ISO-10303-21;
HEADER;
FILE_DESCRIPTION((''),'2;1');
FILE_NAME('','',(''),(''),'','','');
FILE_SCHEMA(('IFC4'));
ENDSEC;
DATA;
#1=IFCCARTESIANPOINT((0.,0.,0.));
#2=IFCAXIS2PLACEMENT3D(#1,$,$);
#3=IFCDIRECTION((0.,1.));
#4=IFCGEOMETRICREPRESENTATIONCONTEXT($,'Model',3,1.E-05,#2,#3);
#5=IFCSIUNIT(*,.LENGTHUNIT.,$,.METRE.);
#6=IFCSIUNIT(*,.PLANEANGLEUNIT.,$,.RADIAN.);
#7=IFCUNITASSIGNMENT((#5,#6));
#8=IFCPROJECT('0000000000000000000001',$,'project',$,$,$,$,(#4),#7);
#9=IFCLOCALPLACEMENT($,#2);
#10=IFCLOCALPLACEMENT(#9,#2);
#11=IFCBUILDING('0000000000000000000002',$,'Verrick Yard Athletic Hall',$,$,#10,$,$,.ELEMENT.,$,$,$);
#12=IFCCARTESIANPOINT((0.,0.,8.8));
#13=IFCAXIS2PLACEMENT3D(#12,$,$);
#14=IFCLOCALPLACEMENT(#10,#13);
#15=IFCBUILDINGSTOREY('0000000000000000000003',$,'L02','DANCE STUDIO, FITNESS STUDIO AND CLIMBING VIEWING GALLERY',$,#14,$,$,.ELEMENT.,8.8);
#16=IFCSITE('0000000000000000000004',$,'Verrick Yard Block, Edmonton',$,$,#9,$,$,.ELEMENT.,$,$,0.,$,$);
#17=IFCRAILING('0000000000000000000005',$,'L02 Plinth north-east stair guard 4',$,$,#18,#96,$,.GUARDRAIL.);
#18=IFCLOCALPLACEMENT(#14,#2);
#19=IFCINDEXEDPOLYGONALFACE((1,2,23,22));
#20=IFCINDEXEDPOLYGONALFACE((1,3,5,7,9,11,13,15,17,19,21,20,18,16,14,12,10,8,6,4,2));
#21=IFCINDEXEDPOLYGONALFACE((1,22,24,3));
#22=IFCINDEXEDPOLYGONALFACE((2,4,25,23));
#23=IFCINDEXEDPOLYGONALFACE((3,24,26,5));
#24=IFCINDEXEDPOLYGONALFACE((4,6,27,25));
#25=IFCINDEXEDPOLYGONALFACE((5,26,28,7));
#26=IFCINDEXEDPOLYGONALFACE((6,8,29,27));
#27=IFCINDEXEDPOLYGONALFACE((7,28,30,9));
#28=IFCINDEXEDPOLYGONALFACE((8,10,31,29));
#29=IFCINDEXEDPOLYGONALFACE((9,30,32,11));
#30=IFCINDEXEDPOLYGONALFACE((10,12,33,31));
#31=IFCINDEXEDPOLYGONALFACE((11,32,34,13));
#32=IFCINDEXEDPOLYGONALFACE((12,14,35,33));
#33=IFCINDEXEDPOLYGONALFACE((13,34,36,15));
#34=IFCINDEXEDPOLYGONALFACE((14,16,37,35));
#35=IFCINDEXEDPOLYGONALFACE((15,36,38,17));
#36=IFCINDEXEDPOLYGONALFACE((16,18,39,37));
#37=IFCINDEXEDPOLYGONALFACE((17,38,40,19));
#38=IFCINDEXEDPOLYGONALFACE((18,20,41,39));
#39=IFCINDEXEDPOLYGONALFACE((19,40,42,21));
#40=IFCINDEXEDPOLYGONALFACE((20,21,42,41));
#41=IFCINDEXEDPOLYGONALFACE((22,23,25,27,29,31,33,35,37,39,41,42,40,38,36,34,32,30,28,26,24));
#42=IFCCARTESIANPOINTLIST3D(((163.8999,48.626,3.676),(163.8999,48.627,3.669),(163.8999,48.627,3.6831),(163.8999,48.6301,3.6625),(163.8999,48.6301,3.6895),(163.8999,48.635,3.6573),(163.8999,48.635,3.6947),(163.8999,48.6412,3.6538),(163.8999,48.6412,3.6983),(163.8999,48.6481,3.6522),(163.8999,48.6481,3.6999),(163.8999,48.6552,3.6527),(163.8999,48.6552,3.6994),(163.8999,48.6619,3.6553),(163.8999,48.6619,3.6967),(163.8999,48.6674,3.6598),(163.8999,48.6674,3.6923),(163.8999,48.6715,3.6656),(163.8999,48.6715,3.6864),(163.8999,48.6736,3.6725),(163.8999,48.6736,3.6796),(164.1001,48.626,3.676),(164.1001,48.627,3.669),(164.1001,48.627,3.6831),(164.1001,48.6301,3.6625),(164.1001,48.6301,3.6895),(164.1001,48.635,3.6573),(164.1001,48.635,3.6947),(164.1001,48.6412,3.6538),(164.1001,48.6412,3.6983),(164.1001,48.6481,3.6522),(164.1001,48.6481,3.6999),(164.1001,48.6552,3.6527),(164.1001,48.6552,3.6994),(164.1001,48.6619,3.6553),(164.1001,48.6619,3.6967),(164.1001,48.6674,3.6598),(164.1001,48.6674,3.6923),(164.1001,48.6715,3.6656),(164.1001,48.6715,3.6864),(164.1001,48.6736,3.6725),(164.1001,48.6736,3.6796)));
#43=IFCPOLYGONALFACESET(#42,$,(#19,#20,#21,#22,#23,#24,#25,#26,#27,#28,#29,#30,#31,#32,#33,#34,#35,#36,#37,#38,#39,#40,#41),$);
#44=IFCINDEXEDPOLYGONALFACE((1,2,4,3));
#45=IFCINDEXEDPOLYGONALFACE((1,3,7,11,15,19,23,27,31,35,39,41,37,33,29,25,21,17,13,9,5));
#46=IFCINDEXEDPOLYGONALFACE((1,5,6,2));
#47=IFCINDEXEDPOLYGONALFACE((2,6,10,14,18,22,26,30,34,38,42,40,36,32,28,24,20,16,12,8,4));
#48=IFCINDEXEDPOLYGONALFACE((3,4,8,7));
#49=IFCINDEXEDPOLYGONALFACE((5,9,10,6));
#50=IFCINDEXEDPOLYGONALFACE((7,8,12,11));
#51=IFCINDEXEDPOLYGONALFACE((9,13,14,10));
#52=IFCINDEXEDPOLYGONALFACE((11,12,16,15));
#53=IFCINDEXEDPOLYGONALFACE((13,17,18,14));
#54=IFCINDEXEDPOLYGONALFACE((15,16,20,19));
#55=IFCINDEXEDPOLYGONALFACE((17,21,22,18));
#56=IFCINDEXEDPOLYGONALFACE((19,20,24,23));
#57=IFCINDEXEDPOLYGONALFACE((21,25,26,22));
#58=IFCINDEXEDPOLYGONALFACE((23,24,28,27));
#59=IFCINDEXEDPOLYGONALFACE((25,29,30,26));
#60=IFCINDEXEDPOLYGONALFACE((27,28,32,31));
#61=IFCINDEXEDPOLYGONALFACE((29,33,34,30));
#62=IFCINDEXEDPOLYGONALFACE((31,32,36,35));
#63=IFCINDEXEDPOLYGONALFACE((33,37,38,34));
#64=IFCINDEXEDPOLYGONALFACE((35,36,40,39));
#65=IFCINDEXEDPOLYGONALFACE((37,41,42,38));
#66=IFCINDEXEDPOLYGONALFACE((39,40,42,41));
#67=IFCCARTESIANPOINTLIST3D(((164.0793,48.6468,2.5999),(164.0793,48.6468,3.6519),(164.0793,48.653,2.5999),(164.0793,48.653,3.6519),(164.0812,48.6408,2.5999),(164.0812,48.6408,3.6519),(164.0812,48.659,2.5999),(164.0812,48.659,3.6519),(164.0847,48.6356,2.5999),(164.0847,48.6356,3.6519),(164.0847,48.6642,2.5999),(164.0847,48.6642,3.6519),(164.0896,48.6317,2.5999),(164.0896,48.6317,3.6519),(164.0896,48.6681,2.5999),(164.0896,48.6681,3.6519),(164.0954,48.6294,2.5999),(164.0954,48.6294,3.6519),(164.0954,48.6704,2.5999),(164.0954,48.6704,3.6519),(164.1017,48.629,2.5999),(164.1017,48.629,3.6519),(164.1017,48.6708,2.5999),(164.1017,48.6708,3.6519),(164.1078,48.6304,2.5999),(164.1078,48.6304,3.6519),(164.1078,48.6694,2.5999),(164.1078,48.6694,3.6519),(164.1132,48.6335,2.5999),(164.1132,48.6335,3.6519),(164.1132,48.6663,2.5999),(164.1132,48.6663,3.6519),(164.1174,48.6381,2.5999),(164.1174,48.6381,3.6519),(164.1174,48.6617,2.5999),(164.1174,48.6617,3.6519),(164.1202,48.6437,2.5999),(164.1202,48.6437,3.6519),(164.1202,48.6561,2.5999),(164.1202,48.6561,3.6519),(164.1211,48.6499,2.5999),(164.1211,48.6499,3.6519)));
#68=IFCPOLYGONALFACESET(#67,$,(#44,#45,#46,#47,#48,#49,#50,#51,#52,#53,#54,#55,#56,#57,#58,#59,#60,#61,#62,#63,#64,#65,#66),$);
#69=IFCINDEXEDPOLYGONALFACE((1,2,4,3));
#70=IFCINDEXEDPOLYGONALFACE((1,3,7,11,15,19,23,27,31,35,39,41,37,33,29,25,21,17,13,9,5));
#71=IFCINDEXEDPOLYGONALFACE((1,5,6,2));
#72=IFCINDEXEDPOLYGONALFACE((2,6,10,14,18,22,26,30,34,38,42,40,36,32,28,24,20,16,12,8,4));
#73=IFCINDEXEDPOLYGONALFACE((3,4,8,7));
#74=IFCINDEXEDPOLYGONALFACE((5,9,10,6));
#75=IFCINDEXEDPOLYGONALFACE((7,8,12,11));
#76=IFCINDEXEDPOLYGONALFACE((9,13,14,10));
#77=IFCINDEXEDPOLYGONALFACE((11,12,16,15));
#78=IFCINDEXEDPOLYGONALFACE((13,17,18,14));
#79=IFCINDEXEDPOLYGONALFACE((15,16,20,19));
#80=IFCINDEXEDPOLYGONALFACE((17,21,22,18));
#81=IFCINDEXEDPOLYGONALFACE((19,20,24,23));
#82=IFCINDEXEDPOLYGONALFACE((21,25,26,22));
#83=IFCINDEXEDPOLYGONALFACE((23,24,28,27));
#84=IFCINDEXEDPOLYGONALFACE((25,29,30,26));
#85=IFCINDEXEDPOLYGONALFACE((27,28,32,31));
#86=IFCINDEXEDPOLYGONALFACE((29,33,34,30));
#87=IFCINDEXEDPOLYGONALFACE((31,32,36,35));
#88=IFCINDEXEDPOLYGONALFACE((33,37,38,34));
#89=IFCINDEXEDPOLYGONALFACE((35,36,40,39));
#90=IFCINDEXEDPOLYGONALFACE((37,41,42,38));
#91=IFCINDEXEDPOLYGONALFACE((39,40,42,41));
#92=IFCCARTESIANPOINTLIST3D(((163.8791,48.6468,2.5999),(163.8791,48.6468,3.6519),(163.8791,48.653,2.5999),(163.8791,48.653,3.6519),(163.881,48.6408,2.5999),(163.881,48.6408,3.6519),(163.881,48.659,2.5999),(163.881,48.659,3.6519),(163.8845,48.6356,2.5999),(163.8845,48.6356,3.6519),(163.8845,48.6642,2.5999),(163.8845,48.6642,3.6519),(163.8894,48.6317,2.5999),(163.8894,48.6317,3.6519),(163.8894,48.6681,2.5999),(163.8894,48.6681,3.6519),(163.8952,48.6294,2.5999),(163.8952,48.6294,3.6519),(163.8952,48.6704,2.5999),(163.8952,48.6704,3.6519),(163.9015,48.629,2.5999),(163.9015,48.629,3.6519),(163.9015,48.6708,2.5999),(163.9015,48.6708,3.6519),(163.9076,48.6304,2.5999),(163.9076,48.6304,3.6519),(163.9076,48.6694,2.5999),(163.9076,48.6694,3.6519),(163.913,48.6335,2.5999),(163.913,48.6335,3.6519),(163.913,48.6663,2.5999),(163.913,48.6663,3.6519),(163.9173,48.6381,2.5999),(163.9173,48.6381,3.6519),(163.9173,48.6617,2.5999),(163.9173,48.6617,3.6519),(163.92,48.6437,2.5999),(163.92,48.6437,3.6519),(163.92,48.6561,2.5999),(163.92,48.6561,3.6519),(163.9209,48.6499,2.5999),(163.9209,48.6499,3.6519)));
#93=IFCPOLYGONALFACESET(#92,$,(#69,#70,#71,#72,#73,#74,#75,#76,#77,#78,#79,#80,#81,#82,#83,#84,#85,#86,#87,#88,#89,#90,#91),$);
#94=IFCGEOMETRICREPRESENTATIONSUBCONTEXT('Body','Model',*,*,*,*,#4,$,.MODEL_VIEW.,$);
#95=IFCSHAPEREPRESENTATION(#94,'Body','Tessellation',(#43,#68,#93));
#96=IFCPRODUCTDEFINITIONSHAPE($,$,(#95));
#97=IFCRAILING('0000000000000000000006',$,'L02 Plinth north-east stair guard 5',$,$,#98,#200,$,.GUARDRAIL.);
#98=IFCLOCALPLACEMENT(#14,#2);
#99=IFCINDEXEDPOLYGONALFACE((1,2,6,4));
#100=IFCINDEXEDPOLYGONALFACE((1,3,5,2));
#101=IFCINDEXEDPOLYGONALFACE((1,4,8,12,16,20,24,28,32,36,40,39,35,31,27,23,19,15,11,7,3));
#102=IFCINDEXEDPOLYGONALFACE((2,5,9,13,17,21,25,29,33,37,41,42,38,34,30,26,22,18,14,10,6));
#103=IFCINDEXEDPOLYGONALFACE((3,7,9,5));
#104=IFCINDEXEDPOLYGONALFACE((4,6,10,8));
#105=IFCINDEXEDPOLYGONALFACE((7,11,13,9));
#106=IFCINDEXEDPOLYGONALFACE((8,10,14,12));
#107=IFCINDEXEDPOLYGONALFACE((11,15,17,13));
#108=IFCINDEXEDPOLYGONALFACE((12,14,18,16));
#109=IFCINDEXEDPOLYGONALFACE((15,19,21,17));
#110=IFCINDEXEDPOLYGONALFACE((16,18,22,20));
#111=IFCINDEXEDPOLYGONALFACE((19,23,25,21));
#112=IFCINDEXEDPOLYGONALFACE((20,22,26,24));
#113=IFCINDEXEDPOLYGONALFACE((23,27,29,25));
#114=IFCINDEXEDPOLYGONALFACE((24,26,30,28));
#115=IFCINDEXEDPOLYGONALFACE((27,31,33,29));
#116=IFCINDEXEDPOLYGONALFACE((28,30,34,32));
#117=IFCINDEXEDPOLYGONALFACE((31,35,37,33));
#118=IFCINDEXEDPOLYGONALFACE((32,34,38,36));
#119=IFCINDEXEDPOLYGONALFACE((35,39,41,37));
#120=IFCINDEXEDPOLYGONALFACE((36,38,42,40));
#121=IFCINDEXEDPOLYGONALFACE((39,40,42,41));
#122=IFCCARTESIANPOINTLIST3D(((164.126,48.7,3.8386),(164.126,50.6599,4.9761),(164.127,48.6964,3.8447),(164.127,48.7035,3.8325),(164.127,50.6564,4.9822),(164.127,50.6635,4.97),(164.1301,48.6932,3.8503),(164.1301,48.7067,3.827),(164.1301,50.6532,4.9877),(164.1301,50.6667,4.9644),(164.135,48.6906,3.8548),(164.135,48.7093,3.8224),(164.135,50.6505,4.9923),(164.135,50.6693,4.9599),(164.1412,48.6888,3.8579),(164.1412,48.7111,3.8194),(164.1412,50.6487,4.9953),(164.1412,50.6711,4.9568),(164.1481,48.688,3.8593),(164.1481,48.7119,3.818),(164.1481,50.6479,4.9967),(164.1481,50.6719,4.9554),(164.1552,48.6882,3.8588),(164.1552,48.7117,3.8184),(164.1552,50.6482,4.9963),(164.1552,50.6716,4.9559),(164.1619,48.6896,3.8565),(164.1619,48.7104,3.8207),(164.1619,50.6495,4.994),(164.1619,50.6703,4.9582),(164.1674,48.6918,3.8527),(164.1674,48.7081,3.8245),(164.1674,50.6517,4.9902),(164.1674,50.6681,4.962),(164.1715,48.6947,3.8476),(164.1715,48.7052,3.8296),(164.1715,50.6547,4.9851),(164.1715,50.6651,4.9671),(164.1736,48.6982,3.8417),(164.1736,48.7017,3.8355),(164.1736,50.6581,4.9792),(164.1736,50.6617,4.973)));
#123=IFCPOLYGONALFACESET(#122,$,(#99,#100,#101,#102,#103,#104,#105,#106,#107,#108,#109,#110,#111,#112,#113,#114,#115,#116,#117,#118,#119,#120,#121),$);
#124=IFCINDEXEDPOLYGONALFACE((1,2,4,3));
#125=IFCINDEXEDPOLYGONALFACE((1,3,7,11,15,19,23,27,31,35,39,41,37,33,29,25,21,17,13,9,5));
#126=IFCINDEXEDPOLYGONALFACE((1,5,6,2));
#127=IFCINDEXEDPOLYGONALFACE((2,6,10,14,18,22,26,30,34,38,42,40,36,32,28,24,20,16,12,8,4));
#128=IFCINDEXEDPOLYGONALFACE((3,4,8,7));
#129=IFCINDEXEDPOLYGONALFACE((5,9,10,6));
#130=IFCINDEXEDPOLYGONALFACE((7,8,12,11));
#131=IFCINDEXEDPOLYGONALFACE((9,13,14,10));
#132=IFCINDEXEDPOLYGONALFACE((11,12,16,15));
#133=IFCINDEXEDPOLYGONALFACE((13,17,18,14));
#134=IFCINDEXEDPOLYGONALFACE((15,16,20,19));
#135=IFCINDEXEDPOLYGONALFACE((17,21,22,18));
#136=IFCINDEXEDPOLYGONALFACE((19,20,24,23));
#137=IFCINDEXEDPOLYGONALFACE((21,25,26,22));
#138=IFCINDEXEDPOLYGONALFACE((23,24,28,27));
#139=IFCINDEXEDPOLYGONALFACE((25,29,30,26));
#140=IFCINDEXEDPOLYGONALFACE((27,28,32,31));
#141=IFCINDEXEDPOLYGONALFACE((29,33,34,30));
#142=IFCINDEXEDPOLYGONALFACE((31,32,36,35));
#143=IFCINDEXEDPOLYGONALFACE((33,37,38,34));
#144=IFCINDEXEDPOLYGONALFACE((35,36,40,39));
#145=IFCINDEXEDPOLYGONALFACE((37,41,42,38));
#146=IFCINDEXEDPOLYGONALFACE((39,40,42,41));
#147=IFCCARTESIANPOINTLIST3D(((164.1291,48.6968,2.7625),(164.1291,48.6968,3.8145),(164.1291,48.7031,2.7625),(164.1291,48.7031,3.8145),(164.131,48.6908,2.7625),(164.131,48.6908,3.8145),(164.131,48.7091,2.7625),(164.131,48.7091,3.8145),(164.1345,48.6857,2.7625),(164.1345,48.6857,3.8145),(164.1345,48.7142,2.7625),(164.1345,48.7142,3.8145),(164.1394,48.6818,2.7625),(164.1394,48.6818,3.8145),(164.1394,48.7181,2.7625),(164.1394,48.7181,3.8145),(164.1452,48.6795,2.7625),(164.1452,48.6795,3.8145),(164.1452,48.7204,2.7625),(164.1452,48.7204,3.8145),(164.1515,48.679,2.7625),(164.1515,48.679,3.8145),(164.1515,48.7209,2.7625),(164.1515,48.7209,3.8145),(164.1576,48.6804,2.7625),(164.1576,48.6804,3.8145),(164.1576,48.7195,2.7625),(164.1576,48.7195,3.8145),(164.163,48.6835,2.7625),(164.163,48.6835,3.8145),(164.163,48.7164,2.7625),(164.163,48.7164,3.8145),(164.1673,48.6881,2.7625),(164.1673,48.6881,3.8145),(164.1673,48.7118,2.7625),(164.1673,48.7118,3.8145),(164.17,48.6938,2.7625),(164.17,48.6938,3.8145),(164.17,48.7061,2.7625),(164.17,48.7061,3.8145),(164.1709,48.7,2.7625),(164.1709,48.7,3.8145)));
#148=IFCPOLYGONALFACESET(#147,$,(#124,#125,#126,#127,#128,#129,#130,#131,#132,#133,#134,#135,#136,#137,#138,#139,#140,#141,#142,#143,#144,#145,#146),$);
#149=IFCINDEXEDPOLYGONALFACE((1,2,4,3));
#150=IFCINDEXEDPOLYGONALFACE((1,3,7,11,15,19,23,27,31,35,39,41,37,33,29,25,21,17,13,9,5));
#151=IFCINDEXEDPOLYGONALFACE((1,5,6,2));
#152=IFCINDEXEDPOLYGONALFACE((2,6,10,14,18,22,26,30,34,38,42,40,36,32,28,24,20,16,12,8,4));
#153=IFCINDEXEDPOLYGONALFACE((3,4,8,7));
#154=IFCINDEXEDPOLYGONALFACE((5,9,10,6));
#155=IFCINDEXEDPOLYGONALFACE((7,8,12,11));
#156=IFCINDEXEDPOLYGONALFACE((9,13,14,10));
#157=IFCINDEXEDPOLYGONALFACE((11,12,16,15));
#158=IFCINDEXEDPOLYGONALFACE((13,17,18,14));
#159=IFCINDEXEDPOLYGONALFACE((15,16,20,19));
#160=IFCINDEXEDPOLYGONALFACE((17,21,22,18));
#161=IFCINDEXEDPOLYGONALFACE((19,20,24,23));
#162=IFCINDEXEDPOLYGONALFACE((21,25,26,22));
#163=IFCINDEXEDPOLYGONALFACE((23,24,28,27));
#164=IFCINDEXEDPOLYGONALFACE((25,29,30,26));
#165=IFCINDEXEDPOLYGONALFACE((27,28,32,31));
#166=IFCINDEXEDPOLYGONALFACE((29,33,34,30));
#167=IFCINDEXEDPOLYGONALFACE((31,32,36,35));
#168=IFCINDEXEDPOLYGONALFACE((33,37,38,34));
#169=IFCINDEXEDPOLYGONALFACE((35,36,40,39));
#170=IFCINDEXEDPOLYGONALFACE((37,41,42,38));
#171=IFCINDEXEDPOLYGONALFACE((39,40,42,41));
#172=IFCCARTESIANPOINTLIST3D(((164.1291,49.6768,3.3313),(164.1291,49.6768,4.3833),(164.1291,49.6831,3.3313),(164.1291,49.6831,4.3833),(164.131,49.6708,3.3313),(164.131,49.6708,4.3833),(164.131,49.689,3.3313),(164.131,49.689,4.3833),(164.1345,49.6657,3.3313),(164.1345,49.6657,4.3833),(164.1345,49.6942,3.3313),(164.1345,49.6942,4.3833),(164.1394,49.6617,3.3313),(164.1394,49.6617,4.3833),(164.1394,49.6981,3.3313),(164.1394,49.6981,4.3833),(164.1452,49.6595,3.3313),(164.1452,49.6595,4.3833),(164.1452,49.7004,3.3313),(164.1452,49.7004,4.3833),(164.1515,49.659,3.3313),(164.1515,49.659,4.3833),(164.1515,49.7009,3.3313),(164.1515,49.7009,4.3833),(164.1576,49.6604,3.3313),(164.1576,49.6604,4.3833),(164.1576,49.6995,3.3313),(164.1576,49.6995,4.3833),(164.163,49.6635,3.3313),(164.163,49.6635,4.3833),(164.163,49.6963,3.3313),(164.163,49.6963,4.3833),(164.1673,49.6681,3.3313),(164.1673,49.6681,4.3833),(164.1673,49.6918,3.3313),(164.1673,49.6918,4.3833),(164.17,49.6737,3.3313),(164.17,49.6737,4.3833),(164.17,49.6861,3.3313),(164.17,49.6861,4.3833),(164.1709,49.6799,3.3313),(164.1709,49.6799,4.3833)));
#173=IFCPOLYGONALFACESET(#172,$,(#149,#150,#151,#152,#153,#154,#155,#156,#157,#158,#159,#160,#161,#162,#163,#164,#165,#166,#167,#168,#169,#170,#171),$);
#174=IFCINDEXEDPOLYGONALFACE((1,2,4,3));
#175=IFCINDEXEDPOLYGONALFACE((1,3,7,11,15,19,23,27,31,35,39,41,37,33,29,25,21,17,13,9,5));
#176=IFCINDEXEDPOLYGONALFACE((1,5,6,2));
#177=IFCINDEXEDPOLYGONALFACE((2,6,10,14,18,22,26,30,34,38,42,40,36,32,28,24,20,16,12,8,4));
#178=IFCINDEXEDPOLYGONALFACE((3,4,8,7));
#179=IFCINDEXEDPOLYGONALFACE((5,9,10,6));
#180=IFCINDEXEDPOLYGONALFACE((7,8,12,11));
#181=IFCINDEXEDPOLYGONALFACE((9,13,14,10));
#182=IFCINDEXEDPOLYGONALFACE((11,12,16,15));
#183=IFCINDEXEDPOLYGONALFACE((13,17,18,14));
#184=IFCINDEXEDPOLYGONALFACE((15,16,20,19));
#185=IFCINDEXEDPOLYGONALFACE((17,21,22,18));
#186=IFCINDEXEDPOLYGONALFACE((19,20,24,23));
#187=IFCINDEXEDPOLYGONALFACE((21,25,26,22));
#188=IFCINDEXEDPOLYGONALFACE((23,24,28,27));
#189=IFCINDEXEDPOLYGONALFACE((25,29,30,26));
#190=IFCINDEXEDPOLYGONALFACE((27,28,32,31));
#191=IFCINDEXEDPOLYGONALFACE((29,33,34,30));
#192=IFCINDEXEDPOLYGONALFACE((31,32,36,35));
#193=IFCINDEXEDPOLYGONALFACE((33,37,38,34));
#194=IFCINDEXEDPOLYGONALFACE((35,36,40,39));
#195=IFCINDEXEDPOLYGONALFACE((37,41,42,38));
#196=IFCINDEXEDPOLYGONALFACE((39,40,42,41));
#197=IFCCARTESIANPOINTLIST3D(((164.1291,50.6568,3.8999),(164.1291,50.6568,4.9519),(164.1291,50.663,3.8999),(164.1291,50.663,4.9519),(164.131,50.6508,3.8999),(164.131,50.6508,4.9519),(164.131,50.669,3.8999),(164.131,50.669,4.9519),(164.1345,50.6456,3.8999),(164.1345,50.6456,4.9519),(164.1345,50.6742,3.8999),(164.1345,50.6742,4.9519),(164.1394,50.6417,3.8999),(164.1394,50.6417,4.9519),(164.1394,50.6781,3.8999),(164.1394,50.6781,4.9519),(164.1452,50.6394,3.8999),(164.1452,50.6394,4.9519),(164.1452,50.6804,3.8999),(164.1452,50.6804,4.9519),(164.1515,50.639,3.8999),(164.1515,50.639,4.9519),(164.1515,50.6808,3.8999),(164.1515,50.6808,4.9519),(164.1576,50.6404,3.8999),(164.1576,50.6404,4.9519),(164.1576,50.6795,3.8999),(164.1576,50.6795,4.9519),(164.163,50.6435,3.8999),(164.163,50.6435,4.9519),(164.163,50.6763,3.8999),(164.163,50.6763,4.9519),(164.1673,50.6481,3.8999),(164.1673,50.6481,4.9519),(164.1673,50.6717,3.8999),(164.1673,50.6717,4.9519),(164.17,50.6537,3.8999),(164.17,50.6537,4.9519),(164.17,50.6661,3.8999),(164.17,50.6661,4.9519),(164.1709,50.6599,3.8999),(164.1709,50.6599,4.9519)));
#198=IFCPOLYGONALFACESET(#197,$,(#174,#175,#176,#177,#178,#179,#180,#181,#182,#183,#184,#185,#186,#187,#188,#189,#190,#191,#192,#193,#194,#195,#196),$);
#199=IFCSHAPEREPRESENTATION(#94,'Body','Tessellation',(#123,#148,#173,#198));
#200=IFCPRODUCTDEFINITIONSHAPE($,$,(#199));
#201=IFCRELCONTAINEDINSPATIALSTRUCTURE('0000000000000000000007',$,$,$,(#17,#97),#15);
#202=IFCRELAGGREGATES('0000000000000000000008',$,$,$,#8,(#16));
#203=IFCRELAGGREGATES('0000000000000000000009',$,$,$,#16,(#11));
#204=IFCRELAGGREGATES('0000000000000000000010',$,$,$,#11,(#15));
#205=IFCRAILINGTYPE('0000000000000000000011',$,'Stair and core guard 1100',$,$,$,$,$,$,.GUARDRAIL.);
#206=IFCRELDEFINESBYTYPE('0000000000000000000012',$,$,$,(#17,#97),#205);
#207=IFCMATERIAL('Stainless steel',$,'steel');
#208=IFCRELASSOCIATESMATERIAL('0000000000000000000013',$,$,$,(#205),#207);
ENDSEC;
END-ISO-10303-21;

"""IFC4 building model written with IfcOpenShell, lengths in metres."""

from ifc_helpers import new_model, si_unit, direction, frame, origin, origin_2d, place, context, subcontext, project, spatial, circle, extrude, material, type_object, element, save


model = new_model("IFC4")

# Units and contexts
model_context = context("Model", 3, precision=1e-05, world=origin(), true_north=direction((0.0, 1.0)))
body_context = subcontext(model_context, "Body", "Model", "MODEL_VIEW")
ifc_project = project(units=[si_unit("LENGTHUNIT", "METRE"), si_unit("PLANEANGLEUNIT", "RADIAN")], contexts=[model_context])

# Site, building, storey
site_placement = place(None, origin())
site = spatial("IfcSite", under=ifc_project, at=site_placement, Name="Verrick Yard Block, Edmonton", CompositionType="ELEMENT", RefElevation=0.0)
building_placement = place(site_placement, origin())
building = spatial("IfcBuilding", under=site, at=building_placement, Name="Verrick Yard Athletic Hall", CompositionType="ELEMENT")
storey_placement = place(building_placement, frame((0.0, 0.0, 8.8)))
storey = spatial("IfcBuildingStorey", under=building, at=storey_placement, Name="L02", Description="DANCE STUDIO, FITNESS STUDIO AND CLIMBING VIEWING GALLERY", CompositionType="ELEMENT", Elevation=8.8)

# Railings
ifc_material_1 = material(Name="Stainless steel", Category="steel")
railing_type_1 = type_object("IfcRailingType", Name="Stair and core guard 1100", PredefinedType="GUARDRAIL", material=ifc_material_1)
railing_1_placement = place(storey_placement, frame((164.1001, 48.6499, 2.5999)))
element("IfcRailing", 1, at=railing_1_placement, inside=storey, type_object=railing_type_1, Name="L02 Plinth north-east stair guard 4", PredefinedType="GUARDRAIL", context=body_context, shape_type="SweptSolid", body=[
    extrude(circle(Radius=0.0239, at=origin_2d()), frame((0.0, 0.0, 1.0762), z_axis=(-1.0, 0.0, 0.0), x_axis=(0.0, -1.0, 0.0)), (0.0, 0.0, 1.0), 0.2002),
    extrude(circle(Radius=0.021, at=origin_2d()), origin(), (0.0, 0.0, 1.0), 1.052),
    extrude(circle(Radius=0.021, at=origin_2d()), frame((-0.2002, 0.0, 0.0)), (0.0, 0.0, 1.0), 1.052),
])
railing_2_placement = place(storey_placement, frame((164.1499, 48.7, 2.7625)))
element("IfcRailing", 2, at=railing_2_placement, inside=storey, type_object=railing_type_1, Name="L02 Plinth north-east stair guard 5", PredefinedType="GUARDRAIL", context=body_context, shape_type="SweptSolid", body=[
    extrude(circle(Radius=0.0239, at=origin_2d()), frame((0.0, 0.0, 1.0762), z_axis=(0.0, 0.864902, 0.501941), x_axis=(-1.0, 0.0, 0.0)), (0.0, 0.0, 1.0), 2.2661),
    extrude(circle(Radius=0.021, at=origin_2d()), origin(), (0.0, 0.0, 1.0), 1.052),
    extrude(circle(Radius=0.021, at=origin_2d()), frame((0.0, 0.98, 0.5688)), (0.0, 0.0, 1.0), 1.052),
    extrude(circle(Radius=0.021, at=origin_2d()), frame((0.0, 1.96, 1.1375)), (0.0, 0.0, 1.0), 1.052),
])

save(model, "model.ifc")
